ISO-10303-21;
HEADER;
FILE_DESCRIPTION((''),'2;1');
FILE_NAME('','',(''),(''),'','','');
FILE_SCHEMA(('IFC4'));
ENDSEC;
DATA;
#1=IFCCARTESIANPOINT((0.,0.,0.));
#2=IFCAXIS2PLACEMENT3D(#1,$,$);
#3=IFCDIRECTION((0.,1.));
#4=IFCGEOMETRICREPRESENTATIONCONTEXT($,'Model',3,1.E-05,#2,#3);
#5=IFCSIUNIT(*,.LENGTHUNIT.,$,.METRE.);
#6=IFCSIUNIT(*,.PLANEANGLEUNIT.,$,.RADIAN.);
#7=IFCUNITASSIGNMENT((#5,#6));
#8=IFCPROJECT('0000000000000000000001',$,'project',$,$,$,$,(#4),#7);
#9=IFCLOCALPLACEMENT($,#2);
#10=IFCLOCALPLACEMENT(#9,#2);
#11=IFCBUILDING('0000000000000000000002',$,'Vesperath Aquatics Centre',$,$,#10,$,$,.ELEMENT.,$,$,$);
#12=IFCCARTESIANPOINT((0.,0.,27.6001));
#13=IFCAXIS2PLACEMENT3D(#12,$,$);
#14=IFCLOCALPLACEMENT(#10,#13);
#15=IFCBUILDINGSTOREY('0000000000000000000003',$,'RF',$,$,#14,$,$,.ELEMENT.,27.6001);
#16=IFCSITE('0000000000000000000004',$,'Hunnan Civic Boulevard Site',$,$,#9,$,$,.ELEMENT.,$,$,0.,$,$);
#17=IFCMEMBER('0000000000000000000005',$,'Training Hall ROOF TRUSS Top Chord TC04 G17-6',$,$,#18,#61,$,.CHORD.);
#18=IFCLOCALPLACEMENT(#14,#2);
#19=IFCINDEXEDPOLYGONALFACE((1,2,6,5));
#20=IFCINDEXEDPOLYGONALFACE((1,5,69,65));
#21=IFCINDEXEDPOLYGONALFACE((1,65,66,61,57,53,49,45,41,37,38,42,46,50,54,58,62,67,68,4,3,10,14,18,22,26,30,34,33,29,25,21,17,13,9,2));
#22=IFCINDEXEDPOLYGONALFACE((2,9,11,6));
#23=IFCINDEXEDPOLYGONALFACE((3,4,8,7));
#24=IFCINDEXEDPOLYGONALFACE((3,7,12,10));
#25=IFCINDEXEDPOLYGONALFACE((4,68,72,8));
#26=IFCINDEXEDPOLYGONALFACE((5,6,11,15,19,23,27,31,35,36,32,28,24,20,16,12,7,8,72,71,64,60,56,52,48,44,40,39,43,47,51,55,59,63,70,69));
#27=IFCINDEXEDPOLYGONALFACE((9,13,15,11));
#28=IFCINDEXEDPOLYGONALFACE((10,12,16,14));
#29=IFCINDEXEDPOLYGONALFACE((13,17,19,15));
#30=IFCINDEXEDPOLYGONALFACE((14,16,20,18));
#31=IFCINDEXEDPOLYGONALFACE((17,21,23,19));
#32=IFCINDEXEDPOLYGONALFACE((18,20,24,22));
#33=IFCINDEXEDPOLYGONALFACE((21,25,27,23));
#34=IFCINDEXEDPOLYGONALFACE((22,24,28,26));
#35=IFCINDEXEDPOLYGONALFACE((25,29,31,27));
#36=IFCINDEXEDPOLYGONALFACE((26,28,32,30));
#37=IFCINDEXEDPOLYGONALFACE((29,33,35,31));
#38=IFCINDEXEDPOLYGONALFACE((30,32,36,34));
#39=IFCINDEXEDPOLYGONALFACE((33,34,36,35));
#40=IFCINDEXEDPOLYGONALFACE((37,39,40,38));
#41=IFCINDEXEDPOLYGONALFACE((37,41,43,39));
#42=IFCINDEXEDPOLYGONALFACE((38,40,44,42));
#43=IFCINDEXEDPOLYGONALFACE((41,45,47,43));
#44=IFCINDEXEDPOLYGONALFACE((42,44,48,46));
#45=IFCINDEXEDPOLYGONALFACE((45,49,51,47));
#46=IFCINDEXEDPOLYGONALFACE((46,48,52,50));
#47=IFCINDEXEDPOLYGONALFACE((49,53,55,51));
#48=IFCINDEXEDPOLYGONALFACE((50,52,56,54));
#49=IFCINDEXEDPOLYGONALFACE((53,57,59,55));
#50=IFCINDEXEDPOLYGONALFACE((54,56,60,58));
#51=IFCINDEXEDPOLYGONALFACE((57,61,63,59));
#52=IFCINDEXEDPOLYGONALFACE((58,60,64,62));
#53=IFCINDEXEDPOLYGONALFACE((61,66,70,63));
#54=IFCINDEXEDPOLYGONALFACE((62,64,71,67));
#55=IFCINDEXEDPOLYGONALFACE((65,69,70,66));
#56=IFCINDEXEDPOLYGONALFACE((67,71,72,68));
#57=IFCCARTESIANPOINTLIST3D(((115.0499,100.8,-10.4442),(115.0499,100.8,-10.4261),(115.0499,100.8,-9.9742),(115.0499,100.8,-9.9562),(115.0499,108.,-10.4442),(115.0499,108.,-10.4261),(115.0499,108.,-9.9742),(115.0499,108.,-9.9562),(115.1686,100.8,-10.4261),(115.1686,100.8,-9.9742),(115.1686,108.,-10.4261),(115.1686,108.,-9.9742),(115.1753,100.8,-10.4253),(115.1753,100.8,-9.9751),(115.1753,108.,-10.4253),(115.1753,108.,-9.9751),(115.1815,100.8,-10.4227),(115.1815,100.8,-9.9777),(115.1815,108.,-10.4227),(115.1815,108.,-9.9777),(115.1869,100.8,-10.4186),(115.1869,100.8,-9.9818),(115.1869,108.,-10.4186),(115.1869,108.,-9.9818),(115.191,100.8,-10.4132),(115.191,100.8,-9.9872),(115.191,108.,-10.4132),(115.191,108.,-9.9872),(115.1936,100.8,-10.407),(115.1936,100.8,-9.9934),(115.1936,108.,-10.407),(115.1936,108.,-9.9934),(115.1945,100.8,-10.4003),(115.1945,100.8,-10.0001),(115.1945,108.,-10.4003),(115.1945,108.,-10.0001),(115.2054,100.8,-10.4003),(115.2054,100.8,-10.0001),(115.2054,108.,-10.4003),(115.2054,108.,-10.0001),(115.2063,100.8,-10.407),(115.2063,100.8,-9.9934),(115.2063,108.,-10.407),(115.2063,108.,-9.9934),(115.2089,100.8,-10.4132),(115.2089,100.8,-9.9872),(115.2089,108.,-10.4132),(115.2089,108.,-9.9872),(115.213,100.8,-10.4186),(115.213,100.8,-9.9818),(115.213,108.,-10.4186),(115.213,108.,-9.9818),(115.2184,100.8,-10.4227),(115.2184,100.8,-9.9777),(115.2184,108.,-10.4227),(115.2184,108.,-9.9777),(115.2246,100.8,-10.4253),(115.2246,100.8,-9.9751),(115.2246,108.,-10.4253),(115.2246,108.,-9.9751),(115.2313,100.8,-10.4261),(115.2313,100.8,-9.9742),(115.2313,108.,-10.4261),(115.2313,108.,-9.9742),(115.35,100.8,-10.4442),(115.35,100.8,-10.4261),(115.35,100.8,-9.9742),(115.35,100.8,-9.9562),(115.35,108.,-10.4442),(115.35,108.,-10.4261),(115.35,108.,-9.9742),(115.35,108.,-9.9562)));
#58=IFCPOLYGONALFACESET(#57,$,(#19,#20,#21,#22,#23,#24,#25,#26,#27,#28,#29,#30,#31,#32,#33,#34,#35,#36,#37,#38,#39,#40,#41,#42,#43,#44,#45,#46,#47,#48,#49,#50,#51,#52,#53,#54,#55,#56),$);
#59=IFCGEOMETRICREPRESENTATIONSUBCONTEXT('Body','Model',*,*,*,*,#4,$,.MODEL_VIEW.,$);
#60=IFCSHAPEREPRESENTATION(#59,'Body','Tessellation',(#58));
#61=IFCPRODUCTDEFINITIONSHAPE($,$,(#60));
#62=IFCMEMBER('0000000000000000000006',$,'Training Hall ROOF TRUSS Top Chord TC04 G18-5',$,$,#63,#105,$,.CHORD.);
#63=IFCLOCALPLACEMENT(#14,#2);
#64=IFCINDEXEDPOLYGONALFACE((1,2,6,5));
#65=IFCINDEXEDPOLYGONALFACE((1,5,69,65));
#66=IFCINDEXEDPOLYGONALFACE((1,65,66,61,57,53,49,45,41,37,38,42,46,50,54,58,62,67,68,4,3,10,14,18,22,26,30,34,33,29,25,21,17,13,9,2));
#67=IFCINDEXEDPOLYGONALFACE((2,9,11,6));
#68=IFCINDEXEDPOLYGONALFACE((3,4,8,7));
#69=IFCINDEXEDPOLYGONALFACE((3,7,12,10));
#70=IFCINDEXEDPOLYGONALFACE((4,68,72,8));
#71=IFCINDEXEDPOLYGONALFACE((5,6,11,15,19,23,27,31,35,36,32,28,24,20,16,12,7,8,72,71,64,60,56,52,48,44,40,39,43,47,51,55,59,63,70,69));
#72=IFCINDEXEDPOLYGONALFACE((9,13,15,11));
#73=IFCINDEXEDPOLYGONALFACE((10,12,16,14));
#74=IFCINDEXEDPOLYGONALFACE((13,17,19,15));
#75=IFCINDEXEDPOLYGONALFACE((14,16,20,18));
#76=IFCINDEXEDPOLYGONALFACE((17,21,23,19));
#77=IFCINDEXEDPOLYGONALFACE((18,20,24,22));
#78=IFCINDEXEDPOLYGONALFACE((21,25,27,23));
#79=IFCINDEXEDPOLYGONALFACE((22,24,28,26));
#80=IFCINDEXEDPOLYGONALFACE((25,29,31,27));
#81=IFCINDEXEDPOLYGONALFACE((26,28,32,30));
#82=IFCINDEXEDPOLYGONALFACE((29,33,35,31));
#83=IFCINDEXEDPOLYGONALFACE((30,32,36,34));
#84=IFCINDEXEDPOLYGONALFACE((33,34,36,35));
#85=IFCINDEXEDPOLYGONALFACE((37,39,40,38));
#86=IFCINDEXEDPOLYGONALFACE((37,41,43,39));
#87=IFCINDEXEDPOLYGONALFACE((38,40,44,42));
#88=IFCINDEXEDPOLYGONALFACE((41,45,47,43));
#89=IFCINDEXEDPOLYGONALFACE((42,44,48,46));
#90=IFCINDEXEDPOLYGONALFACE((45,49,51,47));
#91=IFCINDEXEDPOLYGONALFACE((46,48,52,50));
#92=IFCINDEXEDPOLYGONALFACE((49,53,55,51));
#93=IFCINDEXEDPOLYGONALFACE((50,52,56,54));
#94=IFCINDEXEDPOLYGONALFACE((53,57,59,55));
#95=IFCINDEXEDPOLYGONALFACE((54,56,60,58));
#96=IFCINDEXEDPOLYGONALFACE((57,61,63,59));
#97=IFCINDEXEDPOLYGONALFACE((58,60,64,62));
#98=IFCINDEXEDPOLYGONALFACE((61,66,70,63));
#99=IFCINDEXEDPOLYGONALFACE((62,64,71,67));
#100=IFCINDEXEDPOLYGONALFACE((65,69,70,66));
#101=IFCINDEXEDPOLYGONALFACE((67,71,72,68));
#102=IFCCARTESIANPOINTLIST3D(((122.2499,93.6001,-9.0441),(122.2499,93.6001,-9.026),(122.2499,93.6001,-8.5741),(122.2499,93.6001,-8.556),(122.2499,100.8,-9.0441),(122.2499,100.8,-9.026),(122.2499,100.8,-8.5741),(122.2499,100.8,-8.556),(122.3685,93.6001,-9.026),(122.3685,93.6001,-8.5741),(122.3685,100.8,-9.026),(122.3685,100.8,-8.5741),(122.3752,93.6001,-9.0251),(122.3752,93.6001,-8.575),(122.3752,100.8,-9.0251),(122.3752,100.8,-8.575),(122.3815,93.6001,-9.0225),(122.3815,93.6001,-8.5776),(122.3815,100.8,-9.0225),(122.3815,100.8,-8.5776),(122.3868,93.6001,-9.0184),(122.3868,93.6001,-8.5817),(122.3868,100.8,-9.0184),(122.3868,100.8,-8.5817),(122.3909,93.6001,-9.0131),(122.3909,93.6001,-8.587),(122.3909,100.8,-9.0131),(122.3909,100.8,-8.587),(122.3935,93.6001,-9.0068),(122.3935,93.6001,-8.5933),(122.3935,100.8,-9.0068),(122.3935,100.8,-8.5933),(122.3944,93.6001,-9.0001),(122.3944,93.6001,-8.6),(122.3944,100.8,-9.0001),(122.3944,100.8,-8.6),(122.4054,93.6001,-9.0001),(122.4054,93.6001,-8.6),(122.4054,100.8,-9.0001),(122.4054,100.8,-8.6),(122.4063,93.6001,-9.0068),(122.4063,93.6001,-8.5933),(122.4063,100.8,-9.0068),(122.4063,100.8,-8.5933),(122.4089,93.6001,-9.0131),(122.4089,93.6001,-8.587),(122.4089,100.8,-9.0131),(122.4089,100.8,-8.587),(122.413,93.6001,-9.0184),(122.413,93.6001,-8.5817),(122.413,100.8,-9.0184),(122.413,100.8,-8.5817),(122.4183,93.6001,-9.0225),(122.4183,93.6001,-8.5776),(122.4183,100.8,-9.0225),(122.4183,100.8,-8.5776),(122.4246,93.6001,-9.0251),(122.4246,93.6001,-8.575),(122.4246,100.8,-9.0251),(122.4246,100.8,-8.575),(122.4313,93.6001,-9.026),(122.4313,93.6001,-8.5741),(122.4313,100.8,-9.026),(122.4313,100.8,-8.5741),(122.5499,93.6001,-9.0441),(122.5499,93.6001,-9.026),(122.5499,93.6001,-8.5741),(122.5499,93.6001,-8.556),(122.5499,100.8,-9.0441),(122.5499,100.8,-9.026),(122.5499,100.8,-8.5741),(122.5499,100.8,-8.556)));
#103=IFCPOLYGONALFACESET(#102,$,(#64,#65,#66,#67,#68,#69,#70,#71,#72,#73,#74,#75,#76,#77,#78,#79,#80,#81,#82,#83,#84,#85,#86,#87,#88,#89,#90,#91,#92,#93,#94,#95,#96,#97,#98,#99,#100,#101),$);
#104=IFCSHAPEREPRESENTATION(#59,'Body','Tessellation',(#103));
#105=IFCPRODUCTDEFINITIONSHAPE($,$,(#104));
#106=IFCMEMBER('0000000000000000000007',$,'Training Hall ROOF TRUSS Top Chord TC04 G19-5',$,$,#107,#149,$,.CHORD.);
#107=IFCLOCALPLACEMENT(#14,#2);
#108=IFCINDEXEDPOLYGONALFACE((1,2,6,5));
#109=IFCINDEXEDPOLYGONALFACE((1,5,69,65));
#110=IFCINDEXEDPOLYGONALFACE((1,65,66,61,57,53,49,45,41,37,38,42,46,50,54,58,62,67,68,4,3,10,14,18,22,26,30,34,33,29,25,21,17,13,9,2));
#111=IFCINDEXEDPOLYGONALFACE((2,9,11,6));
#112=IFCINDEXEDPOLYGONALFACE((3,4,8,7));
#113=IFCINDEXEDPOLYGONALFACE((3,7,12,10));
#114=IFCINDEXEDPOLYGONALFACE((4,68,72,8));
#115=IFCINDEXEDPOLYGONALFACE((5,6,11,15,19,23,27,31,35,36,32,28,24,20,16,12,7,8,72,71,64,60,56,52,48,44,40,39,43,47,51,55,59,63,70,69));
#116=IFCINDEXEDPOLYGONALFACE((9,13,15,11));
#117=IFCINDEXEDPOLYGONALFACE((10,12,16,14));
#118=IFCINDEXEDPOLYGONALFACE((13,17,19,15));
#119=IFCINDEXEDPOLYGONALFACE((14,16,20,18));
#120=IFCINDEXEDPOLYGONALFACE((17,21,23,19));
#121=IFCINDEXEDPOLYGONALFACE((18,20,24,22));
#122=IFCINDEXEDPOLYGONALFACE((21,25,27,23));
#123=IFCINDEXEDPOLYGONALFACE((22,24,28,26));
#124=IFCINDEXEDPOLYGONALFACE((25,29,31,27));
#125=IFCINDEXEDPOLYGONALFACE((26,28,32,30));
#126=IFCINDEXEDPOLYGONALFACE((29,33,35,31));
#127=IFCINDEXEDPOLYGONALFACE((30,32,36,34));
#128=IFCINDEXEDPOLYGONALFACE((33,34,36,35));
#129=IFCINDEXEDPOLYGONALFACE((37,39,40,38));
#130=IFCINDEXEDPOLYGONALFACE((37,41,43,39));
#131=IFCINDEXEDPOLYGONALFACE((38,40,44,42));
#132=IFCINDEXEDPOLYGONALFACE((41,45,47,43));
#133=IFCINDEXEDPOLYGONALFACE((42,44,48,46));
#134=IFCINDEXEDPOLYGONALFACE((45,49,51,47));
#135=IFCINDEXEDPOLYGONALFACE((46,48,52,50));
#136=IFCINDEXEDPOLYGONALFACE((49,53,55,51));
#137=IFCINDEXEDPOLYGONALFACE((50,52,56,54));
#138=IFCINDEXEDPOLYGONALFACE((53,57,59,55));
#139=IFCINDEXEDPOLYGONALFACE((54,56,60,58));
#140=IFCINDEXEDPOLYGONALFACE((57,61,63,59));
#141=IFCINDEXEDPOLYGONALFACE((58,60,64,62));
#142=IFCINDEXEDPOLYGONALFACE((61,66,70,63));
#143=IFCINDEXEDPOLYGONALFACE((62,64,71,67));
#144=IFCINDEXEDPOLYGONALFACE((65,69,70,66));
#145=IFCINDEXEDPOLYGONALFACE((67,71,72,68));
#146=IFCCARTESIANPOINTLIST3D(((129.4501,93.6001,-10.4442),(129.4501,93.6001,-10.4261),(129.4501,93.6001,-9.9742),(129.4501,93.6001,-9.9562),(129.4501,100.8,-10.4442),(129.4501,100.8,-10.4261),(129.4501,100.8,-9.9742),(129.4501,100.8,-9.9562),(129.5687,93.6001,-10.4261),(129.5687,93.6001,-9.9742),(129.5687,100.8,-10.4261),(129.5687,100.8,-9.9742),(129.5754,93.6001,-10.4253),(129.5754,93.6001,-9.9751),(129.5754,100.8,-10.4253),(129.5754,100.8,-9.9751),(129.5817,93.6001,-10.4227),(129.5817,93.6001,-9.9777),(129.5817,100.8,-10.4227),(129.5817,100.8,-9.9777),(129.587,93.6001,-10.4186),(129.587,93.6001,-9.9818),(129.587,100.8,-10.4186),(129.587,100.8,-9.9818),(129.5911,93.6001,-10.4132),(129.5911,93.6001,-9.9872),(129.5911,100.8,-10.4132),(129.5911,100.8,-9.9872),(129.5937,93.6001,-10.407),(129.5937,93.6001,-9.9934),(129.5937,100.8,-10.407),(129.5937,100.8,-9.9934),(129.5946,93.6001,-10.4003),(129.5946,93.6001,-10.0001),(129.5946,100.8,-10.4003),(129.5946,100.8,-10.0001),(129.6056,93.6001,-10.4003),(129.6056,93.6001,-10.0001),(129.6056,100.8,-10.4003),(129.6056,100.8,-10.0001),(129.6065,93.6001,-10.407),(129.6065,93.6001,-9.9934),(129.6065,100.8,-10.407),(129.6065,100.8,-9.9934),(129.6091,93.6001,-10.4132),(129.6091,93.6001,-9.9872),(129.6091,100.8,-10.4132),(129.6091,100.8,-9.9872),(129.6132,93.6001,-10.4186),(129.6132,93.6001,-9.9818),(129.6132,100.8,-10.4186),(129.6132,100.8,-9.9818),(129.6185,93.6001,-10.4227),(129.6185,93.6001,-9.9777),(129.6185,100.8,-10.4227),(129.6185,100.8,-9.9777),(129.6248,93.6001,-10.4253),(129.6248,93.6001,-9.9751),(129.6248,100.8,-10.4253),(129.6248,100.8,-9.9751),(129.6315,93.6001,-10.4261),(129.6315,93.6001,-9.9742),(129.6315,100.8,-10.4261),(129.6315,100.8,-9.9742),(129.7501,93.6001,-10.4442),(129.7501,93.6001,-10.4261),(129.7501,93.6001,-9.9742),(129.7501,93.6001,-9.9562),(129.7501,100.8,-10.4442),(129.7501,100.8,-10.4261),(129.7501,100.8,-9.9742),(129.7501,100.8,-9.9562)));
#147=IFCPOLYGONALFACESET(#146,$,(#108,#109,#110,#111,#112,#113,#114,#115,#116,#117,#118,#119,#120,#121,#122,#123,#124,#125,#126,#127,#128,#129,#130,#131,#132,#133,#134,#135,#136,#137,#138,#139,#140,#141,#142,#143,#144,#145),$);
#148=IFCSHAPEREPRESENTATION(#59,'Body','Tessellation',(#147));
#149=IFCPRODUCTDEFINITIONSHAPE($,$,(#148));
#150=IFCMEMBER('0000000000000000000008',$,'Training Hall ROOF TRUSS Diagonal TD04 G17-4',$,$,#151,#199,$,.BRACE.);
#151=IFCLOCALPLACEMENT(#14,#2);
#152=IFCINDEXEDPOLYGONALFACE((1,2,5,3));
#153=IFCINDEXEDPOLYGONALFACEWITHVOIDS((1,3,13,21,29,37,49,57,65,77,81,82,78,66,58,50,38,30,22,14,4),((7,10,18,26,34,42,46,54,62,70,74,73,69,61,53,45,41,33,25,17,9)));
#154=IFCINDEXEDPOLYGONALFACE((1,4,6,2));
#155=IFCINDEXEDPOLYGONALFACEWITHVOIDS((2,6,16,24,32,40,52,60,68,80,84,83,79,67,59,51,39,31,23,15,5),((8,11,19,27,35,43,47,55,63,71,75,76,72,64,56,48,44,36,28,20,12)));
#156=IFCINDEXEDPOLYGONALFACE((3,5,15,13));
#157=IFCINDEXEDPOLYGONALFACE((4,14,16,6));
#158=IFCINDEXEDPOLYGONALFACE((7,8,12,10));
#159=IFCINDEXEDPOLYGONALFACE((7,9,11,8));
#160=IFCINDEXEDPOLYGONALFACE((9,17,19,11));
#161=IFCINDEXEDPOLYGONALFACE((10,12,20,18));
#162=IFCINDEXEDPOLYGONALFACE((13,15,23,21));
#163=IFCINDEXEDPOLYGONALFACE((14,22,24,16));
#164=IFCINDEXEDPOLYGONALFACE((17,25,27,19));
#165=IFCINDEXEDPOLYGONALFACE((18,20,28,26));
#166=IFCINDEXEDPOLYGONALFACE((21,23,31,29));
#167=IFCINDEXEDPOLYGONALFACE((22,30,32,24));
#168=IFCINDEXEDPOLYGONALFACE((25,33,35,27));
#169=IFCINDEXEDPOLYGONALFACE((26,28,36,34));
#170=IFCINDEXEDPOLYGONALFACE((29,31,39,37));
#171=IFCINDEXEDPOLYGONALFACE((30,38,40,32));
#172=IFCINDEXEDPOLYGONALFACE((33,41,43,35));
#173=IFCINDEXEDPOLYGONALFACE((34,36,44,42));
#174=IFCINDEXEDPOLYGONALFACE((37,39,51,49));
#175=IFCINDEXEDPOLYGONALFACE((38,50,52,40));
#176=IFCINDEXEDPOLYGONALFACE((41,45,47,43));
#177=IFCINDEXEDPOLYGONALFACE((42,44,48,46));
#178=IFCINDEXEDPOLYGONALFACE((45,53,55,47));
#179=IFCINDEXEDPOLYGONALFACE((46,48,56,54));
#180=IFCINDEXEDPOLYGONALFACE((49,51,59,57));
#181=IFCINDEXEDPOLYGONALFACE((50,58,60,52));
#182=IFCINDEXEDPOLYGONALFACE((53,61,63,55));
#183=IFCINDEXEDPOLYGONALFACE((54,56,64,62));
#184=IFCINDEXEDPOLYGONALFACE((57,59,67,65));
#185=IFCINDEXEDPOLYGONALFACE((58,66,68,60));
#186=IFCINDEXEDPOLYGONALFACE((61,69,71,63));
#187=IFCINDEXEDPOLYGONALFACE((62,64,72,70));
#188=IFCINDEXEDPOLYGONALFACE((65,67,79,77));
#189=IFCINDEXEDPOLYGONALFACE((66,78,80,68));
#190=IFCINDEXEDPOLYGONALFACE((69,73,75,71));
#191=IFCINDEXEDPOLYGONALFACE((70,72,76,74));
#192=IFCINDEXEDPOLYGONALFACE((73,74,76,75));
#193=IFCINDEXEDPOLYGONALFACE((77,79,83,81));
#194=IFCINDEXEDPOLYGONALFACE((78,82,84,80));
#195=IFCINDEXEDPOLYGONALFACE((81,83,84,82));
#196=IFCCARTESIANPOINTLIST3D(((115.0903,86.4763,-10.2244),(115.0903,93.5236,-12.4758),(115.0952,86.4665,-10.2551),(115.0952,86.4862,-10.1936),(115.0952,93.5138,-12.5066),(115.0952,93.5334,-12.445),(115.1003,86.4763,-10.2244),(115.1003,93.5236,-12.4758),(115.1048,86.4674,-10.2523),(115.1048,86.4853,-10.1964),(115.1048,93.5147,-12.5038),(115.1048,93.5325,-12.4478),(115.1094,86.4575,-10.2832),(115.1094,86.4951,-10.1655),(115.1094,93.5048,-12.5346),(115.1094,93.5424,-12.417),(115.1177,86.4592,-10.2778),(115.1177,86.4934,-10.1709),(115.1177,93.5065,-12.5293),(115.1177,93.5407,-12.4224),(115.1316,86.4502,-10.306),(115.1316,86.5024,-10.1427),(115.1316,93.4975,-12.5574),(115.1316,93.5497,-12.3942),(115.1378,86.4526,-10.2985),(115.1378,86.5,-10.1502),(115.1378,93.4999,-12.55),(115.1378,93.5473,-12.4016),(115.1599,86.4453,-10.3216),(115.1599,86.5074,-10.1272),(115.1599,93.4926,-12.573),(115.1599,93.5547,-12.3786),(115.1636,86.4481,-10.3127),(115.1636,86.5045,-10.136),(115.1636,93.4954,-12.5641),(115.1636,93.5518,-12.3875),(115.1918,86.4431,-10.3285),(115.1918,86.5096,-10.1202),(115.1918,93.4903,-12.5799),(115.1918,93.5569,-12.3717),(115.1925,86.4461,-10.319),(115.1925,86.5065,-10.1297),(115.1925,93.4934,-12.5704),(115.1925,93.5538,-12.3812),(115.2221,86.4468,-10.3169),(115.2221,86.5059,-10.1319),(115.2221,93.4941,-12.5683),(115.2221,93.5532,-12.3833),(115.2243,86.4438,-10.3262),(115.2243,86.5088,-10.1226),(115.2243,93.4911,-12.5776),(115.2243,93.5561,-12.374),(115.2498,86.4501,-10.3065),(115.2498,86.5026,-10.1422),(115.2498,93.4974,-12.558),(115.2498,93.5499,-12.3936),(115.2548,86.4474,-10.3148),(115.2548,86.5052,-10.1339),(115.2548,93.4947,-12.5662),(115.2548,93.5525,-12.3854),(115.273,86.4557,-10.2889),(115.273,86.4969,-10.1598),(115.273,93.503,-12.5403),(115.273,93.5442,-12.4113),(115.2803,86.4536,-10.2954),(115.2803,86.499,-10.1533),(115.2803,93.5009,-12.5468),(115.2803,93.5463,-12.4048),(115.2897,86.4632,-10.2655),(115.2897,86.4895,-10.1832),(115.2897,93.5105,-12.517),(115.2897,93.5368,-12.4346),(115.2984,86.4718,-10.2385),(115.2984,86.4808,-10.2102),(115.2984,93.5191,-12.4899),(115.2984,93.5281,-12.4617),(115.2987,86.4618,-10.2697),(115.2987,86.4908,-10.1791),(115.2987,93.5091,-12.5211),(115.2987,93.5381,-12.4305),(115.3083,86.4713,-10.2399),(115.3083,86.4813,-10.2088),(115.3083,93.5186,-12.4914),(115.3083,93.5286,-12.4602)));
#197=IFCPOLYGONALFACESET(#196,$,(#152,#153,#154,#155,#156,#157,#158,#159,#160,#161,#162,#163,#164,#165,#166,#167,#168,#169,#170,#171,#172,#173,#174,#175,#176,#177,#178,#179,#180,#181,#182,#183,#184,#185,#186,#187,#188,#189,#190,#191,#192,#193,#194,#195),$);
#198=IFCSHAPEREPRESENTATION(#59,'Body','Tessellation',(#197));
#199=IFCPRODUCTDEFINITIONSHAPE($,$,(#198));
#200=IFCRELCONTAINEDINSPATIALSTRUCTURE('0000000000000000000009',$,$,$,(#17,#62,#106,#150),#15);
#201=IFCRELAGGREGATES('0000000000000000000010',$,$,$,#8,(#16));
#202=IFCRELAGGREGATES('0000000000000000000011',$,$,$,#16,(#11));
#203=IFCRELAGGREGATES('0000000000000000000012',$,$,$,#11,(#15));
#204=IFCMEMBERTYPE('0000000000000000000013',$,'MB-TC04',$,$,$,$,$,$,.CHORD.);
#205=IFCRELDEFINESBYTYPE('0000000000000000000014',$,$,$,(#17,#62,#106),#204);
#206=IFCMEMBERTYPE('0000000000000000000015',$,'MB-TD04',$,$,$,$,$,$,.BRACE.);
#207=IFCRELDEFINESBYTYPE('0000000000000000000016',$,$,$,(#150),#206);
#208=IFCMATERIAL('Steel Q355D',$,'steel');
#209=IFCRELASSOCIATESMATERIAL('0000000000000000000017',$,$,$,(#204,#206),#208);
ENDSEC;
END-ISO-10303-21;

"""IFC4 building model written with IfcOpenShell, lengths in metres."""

from ifc_helpers import new_model, si_unit, direction, frame, origin, origin_2d, place, context, subcontext, project, spatial, hollow_circle, i_section, extrude, material, material_profile, profile_set, type_object, element, save


model = new_model("IFC4")

# Units and contexts
model_context = context("Model", 3, precision=1e-05, world=origin(), true_north=direction((0.0, 1.0)))
body_context = subcontext(model_context, "Body", "Model", "MODEL_VIEW")
ifc_project = project(units=[si_unit("LENGTHUNIT", "METRE"), si_unit("PLANEANGLEUNIT", "RADIAN")], contexts=[model_context])

# Site, building, storey
site_placement = place(None, origin())
site = spatial("IfcSite", under=ifc_project, at=site_placement, Name="Hunnan Civic Boulevard Site", CompositionType="ELEMENT", RefElevation=0.0)
building_placement = place(site_placement, origin())
building = spatial("IfcBuilding", under=site, at=building_placement, Name="Vesperath Aquatics Centre", CompositionType="ELEMENT")
storey_placement = place(building_placement, frame((0.0, 0.0, 27.6001)))
storey = spatial("IfcBuildingStorey", under=building, at=storey_placement, Name="RF", CompositionType="ELEMENT", Elevation=27.6001)

# Members
ifc_material_1 = material(Name="Steel Q355D", Category="steel")
ifc_material_profile_1 = material_profile(ifc_material_1, i_section(OverallWidth=0.3, OverallDepth=0.488, WebThickness=0.011, FlangeThickness=0.0181, FilletRadius=0.0259, at=origin_2d()), Name="HM 488x300x11x18")
ifc_profile_set_1 = profile_set([ifc_material_profile_1], Name="Steel Q355D")
member_type_1 = type_object("IfcMemberType", Name="MB-TC04", PredefinedType="CHORD", material=ifc_profile_set_1)
for number, where, z_axis, x_axis, name in (
    (1, (115.2, 100.8, -10.2002), (0.0, 1.0, 0.0), (-1.0, 0.0, 0.0), "Training Hall ROOF TRUSS Top Chord TC04 G17-6"),
    (2, (122.3999, 93.6001, -8.8), (0.0, 1.0, 0.0), (-1.0, 0.0, 0.0), "Training Hall ROOF TRUSS Top Chord TC04 G18-5"),
    (3, (129.6001, 93.6001, -10.2002), (0.0, 1.0, 0.0), (-1.0, 0.0, 0.0), "Training Hall ROOF TRUSS Top Chord TC04 G19-5"),
):
    element("IfcMember", number, at=place(storey_placement, frame(where, z_axis=z_axis, x_axis=x_axis)), inside=storey, type_object=member_type_1, Name=name, PredefinedType="CHORD", context=body_context, shape_type="SweptSolid", body=[
        extrude(i_section(OverallWidth=0.3, OverallDepth=0.488, WebThickness=0.011, FlangeThickness=0.0181, FilletRadius=0.0259, at=origin_2d()), origin(), (0.0, 0.0, 1.0), 7.2),
    ])
ifc_material_profile_2 = material_profile(ifc_material_1, hollow_circle(Radius=0.1096, WallThickness=0.01, at=origin_2d()), Name="CHS 219.1x10")
ifc_profile_set_2 = profile_set([ifc_material_profile_2], Name="Steel Q355D")
member_type_2 = type_object("IfcMemberType", Name="MB-TD04", PredefinedType="BRACE", material=ifc_profile_set_2)
member_1_placement = place(storey_placement, frame((115.2, 86.4763, -10.2244), z_axis=(0.0, 0.952569, -0.304323), x_axis=(-1.0, 0.0, 0.0)))
element("IfcMember", 4, at=member_1_placement, inside=storey, type_object=member_type_2, Name="Training Hall ROOF TRUSS Diagonal TD04 G17-4", PredefinedType="BRACE", context=body_context, shape_type="SweptSolid", body=[
    extrude(hollow_circle(Radius=0.1096, WallThickness=0.01, at=origin_2d()), origin(), (0.0, 0.0, 1.0), 7.3982),
])

save(model, "model.ifc")
